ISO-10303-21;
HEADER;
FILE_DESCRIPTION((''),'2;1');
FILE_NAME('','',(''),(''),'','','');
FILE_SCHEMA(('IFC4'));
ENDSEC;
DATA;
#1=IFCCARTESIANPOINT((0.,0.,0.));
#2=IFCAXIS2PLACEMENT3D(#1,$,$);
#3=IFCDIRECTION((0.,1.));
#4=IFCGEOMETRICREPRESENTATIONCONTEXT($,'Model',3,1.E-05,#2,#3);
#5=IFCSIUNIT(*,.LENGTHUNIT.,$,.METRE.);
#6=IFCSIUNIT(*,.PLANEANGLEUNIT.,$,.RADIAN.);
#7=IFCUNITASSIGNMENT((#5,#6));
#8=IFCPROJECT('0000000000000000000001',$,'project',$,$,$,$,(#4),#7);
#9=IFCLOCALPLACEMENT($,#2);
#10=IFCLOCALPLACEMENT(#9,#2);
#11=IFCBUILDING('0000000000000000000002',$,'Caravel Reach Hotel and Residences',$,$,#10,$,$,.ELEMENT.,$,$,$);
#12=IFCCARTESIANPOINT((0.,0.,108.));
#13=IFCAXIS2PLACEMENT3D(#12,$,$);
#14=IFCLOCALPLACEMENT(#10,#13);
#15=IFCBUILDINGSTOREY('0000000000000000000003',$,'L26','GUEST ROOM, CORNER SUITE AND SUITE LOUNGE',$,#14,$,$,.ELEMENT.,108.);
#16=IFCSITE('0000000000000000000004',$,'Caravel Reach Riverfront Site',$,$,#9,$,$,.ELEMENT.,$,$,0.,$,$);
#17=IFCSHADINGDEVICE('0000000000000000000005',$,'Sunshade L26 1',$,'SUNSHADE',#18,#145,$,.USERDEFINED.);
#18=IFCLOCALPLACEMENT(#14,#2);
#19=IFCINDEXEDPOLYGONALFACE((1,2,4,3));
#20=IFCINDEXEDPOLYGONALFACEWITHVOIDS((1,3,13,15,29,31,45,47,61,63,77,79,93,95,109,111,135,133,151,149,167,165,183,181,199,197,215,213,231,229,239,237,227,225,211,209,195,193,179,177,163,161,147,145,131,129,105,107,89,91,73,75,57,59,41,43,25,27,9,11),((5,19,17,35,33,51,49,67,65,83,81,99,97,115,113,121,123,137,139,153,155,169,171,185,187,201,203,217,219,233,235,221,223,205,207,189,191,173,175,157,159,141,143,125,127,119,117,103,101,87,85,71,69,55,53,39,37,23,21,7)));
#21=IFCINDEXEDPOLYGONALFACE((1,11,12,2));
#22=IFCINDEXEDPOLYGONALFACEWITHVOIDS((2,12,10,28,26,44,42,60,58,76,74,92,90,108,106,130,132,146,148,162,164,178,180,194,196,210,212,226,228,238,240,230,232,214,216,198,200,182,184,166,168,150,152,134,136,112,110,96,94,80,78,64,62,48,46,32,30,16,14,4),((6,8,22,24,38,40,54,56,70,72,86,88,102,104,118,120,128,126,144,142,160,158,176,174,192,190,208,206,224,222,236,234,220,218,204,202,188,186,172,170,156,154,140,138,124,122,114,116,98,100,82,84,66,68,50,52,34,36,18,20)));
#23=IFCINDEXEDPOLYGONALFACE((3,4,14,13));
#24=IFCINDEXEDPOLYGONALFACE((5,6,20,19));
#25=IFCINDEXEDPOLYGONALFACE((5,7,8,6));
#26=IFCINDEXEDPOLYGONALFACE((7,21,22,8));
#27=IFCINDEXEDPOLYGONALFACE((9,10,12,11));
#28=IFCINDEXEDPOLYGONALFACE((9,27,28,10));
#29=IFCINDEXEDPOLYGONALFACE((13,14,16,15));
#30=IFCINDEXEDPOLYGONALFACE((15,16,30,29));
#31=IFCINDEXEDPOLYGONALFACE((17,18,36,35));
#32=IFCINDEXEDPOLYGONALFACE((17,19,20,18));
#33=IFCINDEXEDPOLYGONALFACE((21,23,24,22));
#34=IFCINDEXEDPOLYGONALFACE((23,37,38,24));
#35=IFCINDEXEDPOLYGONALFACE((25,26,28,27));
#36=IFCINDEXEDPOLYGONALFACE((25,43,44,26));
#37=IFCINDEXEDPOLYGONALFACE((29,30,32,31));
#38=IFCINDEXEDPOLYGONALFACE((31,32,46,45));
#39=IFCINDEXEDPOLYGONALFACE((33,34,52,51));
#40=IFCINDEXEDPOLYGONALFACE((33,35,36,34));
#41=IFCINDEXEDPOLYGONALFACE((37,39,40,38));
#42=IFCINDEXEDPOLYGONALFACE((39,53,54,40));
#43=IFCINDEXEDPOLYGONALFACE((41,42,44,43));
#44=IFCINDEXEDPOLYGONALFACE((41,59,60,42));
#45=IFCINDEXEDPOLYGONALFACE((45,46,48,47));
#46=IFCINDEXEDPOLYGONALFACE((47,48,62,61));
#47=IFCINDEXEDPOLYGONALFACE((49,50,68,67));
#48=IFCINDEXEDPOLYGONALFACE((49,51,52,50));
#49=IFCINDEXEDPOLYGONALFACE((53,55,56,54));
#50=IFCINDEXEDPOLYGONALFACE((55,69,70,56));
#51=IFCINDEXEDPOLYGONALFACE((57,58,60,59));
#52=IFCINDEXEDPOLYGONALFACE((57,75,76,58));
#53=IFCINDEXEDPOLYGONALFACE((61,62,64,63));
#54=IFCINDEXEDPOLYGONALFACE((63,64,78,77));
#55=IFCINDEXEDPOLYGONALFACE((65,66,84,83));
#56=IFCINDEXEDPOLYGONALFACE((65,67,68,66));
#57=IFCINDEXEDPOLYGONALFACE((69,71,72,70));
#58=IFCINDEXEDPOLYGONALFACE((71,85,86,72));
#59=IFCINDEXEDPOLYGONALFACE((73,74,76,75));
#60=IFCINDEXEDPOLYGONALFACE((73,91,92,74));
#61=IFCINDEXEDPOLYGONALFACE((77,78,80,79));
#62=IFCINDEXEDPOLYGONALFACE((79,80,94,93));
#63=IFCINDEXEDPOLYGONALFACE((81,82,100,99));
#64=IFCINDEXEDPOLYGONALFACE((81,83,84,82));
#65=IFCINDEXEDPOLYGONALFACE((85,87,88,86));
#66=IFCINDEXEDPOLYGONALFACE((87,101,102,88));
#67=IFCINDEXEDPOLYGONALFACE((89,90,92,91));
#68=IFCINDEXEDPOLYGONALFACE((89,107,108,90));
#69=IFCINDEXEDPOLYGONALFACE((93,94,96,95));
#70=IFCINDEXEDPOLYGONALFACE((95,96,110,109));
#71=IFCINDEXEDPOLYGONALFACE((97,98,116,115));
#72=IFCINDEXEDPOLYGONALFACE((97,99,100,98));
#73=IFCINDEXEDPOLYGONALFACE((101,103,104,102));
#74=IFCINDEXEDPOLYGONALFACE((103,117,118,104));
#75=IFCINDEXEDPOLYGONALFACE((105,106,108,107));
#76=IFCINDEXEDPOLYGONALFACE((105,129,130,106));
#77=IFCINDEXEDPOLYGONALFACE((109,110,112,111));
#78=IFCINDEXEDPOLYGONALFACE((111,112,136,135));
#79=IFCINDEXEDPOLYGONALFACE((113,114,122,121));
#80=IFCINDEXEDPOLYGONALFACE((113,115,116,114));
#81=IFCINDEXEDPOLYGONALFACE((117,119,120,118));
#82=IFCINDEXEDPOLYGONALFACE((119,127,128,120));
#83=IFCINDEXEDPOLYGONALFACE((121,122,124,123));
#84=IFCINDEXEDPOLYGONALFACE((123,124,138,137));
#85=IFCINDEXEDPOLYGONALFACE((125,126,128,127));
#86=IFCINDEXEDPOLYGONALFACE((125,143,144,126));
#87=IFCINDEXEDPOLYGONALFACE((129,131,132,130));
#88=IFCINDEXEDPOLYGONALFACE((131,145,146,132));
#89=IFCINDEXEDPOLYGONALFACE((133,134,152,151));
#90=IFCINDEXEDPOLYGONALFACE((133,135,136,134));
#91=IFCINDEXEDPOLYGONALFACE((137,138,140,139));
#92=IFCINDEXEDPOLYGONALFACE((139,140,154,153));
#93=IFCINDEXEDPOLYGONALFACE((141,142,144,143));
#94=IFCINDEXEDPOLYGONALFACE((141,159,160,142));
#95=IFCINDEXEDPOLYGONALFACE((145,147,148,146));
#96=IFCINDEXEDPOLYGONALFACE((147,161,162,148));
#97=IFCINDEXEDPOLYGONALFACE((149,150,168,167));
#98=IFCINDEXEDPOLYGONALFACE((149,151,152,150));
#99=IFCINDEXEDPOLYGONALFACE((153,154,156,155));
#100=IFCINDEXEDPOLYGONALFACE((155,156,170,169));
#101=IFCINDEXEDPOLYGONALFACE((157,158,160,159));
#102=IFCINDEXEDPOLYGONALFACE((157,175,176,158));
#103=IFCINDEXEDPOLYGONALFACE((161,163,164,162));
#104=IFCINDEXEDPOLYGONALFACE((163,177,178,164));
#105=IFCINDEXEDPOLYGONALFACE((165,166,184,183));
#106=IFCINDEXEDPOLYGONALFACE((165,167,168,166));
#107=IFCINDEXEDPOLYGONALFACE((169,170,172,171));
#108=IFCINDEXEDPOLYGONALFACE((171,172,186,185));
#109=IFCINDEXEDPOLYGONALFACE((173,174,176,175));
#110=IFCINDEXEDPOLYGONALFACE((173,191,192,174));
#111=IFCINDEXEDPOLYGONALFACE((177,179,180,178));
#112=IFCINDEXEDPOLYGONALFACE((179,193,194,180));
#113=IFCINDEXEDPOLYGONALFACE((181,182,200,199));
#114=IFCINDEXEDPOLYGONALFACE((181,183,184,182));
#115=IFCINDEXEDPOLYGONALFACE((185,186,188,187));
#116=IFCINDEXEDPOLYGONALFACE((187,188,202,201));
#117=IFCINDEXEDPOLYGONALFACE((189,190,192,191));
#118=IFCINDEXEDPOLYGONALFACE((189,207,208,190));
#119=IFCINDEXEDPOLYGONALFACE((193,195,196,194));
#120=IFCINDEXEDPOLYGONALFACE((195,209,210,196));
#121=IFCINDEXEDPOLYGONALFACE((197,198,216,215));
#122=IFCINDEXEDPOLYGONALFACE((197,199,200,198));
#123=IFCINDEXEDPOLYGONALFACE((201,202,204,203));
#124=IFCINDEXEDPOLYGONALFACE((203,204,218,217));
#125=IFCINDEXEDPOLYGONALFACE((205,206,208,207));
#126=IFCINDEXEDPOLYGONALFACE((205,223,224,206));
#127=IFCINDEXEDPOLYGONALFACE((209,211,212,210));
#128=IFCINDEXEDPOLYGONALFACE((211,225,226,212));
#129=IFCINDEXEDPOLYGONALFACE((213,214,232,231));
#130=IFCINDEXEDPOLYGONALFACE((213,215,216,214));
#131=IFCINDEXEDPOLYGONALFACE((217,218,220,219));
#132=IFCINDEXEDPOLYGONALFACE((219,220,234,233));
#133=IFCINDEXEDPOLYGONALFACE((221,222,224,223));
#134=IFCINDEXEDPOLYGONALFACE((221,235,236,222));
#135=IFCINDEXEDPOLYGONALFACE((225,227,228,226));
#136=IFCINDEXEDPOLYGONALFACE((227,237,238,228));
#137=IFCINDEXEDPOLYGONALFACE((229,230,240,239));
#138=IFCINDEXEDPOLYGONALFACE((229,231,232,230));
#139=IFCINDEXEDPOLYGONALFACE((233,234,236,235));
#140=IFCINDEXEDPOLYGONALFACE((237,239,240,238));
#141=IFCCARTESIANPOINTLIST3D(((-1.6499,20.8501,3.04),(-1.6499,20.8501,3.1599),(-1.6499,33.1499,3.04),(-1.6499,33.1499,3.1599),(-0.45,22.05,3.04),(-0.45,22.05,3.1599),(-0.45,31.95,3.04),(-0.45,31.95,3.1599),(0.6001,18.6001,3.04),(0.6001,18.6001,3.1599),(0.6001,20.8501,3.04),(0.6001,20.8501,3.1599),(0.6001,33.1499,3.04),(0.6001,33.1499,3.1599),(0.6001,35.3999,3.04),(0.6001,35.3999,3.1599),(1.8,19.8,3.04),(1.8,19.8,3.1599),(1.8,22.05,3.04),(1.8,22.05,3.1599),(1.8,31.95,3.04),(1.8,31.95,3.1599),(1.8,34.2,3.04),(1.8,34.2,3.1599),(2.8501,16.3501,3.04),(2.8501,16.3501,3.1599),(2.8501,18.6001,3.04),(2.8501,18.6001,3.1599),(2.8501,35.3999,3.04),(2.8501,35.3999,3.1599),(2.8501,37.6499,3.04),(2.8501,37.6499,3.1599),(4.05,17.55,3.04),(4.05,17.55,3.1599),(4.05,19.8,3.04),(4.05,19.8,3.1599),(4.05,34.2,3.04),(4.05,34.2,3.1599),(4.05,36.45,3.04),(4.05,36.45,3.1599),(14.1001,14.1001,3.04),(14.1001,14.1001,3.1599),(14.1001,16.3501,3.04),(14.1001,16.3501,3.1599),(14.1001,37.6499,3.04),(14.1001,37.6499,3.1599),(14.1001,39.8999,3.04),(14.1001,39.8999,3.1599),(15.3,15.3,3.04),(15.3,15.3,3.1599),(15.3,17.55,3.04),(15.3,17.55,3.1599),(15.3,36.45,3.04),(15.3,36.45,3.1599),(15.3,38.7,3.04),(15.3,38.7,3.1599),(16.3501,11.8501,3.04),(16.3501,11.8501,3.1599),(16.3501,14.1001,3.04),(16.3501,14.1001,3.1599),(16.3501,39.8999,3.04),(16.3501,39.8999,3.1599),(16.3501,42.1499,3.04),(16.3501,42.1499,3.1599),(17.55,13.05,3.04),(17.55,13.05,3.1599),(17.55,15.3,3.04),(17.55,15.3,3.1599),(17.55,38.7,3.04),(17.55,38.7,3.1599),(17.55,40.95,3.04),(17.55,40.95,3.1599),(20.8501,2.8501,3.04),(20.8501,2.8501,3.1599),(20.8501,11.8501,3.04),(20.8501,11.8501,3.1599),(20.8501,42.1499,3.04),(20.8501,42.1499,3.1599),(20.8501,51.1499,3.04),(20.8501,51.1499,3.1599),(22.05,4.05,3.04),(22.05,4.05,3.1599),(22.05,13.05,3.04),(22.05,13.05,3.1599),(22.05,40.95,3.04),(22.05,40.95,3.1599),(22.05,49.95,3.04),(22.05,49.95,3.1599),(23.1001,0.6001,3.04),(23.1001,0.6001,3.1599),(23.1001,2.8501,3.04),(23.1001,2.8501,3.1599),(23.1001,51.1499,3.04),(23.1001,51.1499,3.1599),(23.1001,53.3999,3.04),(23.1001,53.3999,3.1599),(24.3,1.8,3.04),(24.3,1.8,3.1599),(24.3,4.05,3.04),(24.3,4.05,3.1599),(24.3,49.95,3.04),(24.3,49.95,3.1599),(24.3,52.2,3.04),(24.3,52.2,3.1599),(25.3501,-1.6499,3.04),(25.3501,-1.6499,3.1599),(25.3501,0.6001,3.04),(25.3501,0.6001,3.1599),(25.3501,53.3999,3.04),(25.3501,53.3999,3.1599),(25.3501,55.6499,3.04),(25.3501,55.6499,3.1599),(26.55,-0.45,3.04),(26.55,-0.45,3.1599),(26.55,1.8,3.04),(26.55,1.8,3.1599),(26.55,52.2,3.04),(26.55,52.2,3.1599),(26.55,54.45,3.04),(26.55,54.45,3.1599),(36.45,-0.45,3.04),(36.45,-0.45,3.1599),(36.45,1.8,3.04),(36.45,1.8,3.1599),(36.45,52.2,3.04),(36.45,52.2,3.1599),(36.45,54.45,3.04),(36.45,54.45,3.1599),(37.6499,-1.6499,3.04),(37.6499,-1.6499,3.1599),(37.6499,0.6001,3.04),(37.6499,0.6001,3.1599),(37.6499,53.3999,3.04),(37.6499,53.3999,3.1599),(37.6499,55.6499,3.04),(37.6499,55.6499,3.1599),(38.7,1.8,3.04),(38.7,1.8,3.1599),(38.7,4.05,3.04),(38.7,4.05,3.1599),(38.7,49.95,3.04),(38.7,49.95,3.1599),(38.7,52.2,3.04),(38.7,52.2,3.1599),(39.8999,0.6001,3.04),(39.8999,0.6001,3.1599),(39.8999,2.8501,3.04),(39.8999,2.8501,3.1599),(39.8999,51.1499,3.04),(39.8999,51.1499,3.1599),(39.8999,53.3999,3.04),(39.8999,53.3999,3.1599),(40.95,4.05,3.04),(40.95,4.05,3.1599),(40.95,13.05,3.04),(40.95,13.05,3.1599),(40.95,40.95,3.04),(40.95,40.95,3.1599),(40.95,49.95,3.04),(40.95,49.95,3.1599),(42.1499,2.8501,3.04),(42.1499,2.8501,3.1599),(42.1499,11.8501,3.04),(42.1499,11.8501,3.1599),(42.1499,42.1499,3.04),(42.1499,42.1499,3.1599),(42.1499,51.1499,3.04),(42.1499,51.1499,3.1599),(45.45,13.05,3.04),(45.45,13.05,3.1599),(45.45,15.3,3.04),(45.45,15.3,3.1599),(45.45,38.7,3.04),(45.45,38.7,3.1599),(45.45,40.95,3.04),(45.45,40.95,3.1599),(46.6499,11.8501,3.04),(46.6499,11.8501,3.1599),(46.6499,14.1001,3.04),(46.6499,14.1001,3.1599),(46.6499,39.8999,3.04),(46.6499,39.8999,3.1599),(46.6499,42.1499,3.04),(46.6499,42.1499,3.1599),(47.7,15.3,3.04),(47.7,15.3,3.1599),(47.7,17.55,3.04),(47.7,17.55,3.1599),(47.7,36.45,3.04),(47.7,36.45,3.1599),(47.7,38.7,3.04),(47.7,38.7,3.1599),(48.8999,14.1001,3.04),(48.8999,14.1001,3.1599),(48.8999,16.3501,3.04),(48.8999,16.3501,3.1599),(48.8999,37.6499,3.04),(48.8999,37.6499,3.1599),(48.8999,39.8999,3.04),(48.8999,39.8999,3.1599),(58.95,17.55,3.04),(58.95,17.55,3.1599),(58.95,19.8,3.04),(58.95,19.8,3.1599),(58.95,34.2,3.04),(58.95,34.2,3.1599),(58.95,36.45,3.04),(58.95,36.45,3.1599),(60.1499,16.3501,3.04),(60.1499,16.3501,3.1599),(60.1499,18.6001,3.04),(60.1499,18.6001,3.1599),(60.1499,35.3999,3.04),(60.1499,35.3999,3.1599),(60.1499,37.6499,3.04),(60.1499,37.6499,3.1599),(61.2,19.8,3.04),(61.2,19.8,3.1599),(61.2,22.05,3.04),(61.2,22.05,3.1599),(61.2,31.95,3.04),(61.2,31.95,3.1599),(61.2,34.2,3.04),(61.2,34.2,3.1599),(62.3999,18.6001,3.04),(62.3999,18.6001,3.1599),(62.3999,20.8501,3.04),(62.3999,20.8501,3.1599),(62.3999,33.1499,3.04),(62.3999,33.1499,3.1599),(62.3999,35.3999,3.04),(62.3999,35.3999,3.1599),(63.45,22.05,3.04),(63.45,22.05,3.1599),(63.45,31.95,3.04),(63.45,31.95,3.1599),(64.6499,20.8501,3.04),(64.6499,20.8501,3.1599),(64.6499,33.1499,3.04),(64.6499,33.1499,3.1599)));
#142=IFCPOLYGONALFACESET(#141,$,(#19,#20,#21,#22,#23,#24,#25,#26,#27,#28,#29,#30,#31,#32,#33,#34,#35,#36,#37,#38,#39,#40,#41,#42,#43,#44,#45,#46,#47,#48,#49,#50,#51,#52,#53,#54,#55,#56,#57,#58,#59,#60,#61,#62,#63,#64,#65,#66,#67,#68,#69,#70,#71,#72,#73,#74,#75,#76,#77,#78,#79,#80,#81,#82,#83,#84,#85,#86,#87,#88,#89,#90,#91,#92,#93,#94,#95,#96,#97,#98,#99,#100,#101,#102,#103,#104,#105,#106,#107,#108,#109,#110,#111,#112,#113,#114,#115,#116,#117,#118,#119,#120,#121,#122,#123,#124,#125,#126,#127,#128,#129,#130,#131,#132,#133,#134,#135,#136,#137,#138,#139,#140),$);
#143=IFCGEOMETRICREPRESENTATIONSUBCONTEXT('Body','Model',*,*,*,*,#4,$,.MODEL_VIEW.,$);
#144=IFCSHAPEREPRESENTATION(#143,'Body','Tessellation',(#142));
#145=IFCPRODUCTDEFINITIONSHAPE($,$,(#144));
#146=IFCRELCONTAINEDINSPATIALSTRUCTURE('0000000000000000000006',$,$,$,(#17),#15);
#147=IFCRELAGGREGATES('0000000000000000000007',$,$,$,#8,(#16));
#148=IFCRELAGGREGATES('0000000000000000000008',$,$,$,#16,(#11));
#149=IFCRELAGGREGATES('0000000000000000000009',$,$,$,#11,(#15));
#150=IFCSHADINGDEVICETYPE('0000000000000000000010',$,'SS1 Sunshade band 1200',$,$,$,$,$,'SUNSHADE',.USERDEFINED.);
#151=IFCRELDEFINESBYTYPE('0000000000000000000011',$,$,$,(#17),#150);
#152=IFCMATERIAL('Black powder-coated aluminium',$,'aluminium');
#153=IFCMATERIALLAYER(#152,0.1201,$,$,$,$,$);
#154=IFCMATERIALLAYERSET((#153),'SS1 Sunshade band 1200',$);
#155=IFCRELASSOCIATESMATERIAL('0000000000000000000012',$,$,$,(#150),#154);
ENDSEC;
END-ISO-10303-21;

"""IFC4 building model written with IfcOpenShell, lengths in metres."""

from ifc_helpers import new_model, si_unit, direction, frame, origin, place, context, subcontext, project, spatial, polyline, outline, extrude, material, layer, layer_set, type_object, element, save


model = new_model("IFC4")

# Units and contexts
model_context = context("Model", 3, precision=1e-05, world=origin(), true_north=direction((0.0, 1.0)))
body_context = subcontext(model_context, "Body", "Model", "MODEL_VIEW")
ifc_project = project(units=[si_unit("LENGTHUNIT", "METRE"), si_unit("PLANEANGLEUNIT", "RADIAN")], contexts=[model_context])

# Site, building, storey
site_placement = place(None, origin())
site = spatial("IfcSite", under=ifc_project, at=site_placement, Name="Caravel Reach Riverfront Site", CompositionType="ELEMENT", RefElevation=0.0)
building_placement = place(site_placement, origin())
building = spatial("IfcBuilding", under=site, at=building_placement, Name="Caravel Reach Hotel and Residences", CompositionType="ELEMENT")
storey_placement = place(building_placement, frame((0.0, 0.0, 108.0)))
storey = spatial("IfcBuildingStorey", under=building, at=storey_placement, Name="L26", Description="GUEST ROOM, CORNER SUITE AND SUITE LOUNGE", CompositionType="ELEMENT", Elevation=108.0)

# Shading device
ifc_material_1 = material(Name="Black powder-coated aluminium", Category="aluminium")
ifc_layer_1 = layer(ifc_material_1, 0.1201)
ifc_layer_set_1 = layer_set([ifc_layer_1], Name="SS1 Sunshade band 1200")
shading_device_type = type_object("IfcShadingDeviceType", Name="SS1 Sunshade band 1200", ElementType="SUNSHADE", PredefinedType="USERDEFINED", material=ifc_layer_set_1)
shading_device_placement = place(storey_placement, frame((0.0, 0.0, 3.04)))
element("IfcShadingDevice", 1, at=shading_device_placement, inside=storey, type_object=shading_device_type, Name="Sunshade L26 1", ObjectType="SUNSHADE", PredefinedType="USERDEFINED", context=body_context, shape_type="SweptSolid", body=[
    extrude(outline(polyline([(20.8501, 11.8501), (20.8501, 2.8501), (23.1001, 2.8501), (23.1001, 0.6001), (25.3501, 0.6001), (25.3501, -1.6499), (37.6499, -1.6499), (37.6499, 0.6001), (39.8999, 0.6001), (39.8999, 2.8501), (42.1499, 2.8501), (42.1499, 11.8501), (46.6499, 11.8501), (46.6499, 14.1001), (48.8999, 14.1001), (48.8999, 16.3501), (60.1499, 16.3501), (60.1499, 18.6001), (62.3999, 18.6001), (62.3999, 20.8501), (64.6499, 20.8501), (64.6499, 33.1499), (62.3999, 33.1499), (62.3999, 35.3999), (60.1499, 35.3999), (60.1499, 37.6499), (48.8999, 37.6499), (48.8999, 39.8999), (46.6499, 39.8999), (46.6499, 42.1499), (42.1499, 42.1499), (42.1499, 51.1499), (39.8999, 51.1499), (39.8999, 53.3999), (37.6499, 53.3999), (37.6499, 55.6499), (25.3501, 55.6499), (25.3501, 53.3999), (23.1001, 53.3999), (23.1001, 51.1499), (20.8501, 51.1499), (20.8501, 42.1499), (16.3501, 42.1499), (16.3501, 39.8999), (14.1001, 39.8999), (14.1001, 37.6499), (2.8501, 37.6499), (2.8501, 35.3999), (0.6001, 35.3999), (0.6001, 33.1499), (-1.6499, 33.1499), (-1.6499, 20.8501), (0.6001, 20.8501), (0.6001, 18.6001), (2.8501, 18.6001), (2.8501, 16.3501), (14.1001, 16.3501), (14.1001, 14.1001), (16.3501, 14.1001), (16.3501, 11.8501), (20.8501, 11.8501)]), holes=[polyline([(24.3, 4.05), (22.05, 4.05), (22.05, 13.05), (17.55, 13.05), (17.55, 15.3), (15.3, 15.3), (15.3, 17.55), (4.05, 17.55), (4.05, 19.8), (1.8, 19.8), (1.8, 22.05), (-0.45, 22.05), (-0.45, 31.95), (1.8, 31.95), (1.8, 34.2), (4.05, 34.2), (4.05, 36.45), (15.3, 36.45), (15.3, 38.7), (17.55, 38.7), (17.55, 40.95), (22.05, 40.95), (22.05, 49.95), (24.3, 49.95), (24.3, 52.2), (26.55, 52.2), (26.55, 54.45), (36.45, 54.45), (36.45, 52.2), (38.7, 52.2), (38.7, 49.95), (40.95, 49.95), (40.95, 40.95), (45.45, 40.95), (45.45, 38.7), (47.7, 38.7), (47.7, 36.45), (58.95, 36.45), (58.95, 34.2), (61.2, 34.2), (61.2, 31.95), (63.45, 31.95), (63.45, 22.05), (61.2, 22.05), (61.2, 19.8), (58.95, 19.8), (58.95, 17.55), (47.7, 17.55), (47.7, 15.3), (45.45, 15.3), (45.45, 13.05), (40.95, 13.05), (40.95, 4.05), (38.7, 4.05), (38.7, 1.8), (36.45, 1.8), (36.45, -0.45), (26.55, -0.45), (26.55, 1.8), (24.3, 1.8), (24.3, 4.05)])]), origin(), (0.0, 0.0, 1.0), 0.1199),
])

save(model, "model.ifc")
